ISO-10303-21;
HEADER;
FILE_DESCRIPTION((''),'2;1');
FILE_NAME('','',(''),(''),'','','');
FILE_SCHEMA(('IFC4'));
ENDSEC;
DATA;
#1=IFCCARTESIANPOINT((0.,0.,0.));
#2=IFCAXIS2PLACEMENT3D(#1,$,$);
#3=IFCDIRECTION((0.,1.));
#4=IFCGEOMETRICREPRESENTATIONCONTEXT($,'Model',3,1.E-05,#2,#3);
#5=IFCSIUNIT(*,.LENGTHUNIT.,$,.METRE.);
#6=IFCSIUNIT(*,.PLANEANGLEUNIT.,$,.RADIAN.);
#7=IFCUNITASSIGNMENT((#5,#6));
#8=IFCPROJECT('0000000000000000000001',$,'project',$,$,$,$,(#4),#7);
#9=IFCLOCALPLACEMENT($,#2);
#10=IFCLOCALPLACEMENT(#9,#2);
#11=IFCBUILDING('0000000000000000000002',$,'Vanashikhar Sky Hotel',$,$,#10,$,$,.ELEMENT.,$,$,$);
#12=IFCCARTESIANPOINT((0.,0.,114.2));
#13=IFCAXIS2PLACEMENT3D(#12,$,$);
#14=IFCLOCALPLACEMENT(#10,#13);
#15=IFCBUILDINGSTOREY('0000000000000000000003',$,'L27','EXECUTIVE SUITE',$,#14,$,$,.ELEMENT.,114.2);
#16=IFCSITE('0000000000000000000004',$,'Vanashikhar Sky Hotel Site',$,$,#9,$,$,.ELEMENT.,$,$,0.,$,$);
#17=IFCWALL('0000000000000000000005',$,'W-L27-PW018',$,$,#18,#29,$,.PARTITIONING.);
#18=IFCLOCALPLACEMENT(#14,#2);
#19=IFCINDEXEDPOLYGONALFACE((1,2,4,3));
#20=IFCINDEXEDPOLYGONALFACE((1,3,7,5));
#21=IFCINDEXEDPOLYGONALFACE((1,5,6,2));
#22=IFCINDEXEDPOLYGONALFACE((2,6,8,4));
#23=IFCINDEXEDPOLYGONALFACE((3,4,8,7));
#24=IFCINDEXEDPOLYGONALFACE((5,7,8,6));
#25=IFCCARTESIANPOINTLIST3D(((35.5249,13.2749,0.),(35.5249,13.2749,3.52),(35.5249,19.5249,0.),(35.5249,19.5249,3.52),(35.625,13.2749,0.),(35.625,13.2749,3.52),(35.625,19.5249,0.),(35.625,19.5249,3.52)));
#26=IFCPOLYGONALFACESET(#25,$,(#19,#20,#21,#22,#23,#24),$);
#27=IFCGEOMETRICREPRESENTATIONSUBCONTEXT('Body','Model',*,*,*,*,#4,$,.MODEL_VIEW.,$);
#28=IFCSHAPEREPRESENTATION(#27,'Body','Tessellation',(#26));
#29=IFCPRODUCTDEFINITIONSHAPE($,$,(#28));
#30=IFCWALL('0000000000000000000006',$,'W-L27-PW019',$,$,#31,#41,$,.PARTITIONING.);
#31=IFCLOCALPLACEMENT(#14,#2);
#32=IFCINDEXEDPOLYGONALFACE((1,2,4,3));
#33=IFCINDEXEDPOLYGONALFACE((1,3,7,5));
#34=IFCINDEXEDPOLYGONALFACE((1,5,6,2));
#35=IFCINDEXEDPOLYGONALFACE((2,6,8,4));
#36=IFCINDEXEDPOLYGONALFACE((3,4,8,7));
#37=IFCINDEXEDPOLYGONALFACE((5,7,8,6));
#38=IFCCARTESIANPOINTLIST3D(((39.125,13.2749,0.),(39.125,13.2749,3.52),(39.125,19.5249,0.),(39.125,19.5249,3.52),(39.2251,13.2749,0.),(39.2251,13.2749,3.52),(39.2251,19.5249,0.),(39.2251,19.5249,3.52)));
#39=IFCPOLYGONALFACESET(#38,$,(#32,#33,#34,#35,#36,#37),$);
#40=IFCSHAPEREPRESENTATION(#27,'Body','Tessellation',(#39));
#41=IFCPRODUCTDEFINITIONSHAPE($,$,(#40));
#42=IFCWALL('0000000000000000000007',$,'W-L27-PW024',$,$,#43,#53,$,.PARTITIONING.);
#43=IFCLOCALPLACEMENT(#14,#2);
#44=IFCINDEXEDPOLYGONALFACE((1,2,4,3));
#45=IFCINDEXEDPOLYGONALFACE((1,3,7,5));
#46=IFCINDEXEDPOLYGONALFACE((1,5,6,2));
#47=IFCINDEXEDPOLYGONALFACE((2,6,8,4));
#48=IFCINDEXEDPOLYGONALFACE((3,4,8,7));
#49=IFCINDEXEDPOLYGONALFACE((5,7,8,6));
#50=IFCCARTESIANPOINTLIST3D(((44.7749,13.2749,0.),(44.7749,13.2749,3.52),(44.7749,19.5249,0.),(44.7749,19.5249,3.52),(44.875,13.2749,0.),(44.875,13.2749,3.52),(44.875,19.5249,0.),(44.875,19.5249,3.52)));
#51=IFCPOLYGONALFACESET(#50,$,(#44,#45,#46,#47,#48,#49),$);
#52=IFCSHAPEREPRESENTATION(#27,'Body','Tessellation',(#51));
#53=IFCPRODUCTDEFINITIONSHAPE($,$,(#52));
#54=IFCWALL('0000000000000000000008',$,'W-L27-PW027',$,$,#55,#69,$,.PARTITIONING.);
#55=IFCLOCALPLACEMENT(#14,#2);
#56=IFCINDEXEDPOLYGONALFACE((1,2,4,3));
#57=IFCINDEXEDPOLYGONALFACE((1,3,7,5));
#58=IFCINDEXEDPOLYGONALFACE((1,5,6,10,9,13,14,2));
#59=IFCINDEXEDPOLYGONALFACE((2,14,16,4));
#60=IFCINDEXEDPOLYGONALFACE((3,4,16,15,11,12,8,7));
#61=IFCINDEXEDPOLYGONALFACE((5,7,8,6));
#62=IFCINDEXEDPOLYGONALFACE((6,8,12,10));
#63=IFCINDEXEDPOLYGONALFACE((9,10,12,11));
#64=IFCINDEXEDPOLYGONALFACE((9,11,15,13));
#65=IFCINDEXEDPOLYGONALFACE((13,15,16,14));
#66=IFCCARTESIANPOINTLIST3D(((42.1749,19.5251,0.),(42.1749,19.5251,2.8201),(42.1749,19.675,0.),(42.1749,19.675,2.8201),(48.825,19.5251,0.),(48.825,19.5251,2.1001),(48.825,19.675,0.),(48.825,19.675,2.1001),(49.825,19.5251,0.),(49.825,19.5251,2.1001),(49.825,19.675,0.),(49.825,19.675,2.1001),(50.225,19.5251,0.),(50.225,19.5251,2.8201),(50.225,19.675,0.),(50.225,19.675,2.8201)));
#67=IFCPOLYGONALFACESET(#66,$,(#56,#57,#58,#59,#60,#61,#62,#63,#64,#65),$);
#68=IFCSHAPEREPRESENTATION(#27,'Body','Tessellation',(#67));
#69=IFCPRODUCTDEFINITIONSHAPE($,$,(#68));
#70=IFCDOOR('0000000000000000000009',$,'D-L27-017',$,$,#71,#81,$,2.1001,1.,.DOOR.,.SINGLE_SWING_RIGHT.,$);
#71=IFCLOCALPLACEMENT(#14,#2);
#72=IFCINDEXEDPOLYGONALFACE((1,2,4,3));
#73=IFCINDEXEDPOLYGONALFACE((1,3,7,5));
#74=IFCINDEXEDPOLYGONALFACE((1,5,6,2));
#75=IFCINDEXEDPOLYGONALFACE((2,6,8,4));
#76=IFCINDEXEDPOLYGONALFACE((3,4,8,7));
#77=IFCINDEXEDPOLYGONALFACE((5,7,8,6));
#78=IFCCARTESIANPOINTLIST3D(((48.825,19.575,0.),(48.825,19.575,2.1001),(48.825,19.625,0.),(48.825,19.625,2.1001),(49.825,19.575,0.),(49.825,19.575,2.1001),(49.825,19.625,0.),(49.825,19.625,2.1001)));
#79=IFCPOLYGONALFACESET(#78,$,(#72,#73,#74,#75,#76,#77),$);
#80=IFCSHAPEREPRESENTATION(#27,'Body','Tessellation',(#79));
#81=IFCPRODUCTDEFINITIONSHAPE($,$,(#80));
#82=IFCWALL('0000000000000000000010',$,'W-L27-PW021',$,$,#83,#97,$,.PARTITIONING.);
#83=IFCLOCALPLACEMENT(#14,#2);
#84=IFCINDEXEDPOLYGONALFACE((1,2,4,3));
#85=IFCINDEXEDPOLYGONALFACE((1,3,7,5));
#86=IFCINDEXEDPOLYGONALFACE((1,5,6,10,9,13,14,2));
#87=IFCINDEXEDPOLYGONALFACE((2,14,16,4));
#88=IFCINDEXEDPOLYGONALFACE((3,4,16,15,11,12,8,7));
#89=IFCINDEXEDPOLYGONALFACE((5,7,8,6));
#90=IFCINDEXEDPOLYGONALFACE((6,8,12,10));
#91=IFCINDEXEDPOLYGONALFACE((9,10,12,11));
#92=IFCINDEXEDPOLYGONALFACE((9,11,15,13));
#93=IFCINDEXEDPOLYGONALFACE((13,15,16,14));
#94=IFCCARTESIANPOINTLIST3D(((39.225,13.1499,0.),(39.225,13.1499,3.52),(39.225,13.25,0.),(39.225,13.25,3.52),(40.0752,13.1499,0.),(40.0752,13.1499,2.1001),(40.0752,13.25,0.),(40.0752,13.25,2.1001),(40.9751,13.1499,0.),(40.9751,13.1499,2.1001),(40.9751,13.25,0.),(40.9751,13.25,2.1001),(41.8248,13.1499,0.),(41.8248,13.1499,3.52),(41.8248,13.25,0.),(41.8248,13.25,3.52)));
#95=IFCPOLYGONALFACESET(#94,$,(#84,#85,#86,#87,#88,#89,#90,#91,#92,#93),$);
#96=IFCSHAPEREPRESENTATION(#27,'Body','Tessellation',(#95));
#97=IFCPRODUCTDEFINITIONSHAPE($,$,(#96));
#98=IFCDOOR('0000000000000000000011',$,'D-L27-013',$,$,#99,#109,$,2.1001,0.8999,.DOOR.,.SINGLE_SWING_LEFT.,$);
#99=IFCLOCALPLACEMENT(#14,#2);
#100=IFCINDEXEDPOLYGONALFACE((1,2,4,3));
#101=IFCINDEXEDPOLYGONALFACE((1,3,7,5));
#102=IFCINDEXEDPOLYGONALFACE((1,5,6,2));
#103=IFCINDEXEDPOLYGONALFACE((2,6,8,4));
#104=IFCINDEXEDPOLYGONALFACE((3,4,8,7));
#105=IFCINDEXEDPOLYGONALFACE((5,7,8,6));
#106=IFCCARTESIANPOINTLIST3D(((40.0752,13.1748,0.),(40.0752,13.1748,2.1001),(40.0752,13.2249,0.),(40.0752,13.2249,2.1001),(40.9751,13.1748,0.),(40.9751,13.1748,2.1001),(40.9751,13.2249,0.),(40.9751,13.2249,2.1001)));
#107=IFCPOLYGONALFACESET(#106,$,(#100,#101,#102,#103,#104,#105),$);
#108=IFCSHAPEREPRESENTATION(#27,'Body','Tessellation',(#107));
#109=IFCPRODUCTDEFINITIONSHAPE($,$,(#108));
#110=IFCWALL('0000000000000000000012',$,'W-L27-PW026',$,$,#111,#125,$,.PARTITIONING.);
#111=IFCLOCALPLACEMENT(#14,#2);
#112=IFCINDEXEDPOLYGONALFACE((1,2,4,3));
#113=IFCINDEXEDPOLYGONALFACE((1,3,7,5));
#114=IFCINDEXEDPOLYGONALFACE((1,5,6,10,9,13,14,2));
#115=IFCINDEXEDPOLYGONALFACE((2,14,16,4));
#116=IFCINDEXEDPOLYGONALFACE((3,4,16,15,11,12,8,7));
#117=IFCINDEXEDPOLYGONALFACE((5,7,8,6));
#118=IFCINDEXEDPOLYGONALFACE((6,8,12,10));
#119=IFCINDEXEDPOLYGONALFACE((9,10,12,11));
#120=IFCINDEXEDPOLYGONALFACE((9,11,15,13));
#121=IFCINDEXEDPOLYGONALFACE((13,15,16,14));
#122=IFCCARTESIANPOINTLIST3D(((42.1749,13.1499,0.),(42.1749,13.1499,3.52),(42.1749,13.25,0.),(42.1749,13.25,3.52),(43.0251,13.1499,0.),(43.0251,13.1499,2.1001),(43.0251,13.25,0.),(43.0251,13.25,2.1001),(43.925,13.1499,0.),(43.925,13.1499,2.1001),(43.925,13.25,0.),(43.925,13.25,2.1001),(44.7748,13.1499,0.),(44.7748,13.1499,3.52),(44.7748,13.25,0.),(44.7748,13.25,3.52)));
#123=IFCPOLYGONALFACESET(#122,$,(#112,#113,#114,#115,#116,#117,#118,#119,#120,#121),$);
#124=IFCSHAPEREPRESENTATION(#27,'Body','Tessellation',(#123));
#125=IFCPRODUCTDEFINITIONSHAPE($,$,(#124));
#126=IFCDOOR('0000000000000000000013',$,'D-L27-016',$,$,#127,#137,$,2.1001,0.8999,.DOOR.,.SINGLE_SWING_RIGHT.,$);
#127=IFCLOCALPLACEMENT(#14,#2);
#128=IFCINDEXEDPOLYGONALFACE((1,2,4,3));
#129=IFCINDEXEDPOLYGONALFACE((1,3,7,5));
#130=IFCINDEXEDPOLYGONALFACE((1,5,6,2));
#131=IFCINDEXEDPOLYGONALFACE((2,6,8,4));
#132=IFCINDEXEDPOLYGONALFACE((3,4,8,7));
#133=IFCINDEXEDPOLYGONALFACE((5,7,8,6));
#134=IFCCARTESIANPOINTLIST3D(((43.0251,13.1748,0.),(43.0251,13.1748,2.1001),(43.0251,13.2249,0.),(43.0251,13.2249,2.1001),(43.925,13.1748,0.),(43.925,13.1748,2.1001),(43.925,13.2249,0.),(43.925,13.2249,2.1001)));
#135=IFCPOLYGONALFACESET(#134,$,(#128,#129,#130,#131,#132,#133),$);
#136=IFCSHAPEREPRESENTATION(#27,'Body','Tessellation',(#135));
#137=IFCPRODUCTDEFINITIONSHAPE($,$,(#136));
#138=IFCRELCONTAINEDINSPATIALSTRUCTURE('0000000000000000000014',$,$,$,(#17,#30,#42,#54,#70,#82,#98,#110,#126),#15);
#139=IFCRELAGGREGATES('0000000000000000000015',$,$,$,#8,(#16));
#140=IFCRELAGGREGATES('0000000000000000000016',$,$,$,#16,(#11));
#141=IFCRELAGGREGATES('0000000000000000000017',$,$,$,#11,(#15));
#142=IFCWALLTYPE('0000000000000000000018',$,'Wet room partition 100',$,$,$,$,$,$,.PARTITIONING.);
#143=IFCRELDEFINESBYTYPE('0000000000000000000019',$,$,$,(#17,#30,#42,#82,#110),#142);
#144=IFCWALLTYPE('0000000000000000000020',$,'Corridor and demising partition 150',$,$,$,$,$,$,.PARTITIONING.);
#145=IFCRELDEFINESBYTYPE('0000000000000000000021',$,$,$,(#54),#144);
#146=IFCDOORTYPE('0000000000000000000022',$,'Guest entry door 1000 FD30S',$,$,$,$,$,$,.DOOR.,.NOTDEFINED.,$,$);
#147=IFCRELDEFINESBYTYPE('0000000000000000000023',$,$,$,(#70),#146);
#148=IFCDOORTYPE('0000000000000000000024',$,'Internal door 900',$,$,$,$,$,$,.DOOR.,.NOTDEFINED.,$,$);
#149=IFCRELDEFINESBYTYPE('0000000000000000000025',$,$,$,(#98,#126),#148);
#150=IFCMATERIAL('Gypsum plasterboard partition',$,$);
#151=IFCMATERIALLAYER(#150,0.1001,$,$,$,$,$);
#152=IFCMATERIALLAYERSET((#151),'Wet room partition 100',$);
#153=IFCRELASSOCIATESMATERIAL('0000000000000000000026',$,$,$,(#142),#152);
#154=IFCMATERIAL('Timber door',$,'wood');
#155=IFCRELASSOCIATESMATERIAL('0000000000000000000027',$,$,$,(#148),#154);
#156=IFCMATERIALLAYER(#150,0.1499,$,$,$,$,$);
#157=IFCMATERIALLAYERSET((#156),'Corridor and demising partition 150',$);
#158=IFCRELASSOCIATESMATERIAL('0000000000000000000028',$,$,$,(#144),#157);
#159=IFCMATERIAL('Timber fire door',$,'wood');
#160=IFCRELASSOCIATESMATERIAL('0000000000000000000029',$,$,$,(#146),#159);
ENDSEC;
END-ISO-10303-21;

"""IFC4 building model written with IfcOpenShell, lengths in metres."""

from ifc_helpers import new_model, si_unit, direction, frame, frame_2d, origin, place, context, subcontext, project, spatial, rectangle, extrude, source, transform, mapped, material, layer, layer_set, type_object, element, fill, save


model = new_model("IFC4")

# Units and contexts
model_context = context("Model", 3, precision=1e-05, world=origin(), true_north=direction((0.0, 1.0)))
body_context = subcontext(model_context, "Body", "Model", "MODEL_VIEW")
ifc_project = project(units=[si_unit("LENGTHUNIT", "METRE"), si_unit("PLANEANGLEUNIT", "RADIAN")], contexts=[model_context])

# Site, building, storey
site_placement = place(None, origin())
site = spatial("IfcSite", under=ifc_project, at=site_placement, Name="Vanashikhar Sky Hotel Site", CompositionType="ELEMENT", RefElevation=0.0)
building_placement = place(site_placement, origin())
building = spatial("IfcBuilding", under=site, at=building_placement, Name="Vanashikhar Sky Hotel", CompositionType="ELEMENT")
storey_placement = place(building_placement, frame((0.0, 0.0, 114.2)))
storey = spatial("IfcBuildingStorey", under=building, at=storey_placement, Name="L27", Description="EXECUTIVE SUITE", CompositionType="ELEMENT", Elevation=114.2)

# Shared definitions
ifc_material_1 = material(Name="Gypsum plasterboard partition")
ifc_layer_1 = layer(ifc_material_1, 0.1001)
ifc_layer_set_1 = layer_set([ifc_layer_1], Name="Wet room partition 100")
wall_type_1 = type_object("IfcWallType", Name="Wet room partition 100", PredefinedType="PARTITIONING", material=ifc_layer_set_1)
shared_shape_1 = source(origin(), body_context, "Body", "SweptSolid", [
    extrude(rectangle(XDim=0.8999, YDim=2.1001, at=frame_2d((0.45, 1.05))), frame((0.0, 0.0601, 0.0), z_axis=(0.0, -1.0, 0.0), x_axis=(1.0, 0.0, 0.0)), (0.0, 0.0, 1.0), 0.1201),
])
ifc_material_2 = material(Name="Timber door", Category="wood")
door_type_1 = type_object("IfcDoorType", Name="Internal door 900", OperationType="NOTDEFINED", PredefinedType="DOOR", material=ifc_material_2)
shared_shape_2 = source(origin(), body_context, "Body", "SweptSolid", [
    extrude(rectangle(XDim=0.8999, YDim=2.1001, at=frame_2d((0.45, 1.05))), frame((0.0, 0.0249, 0.0), z_axis=(0.0, -1.0, 0.0), x_axis=(1.0, 0.0, 0.0)), (0.0, 0.0, 1.0), 0.05),
])

# Walls
shared_shape_3 = source(origin(), body_context, "Body", "SweptSolid", [
    extrude(rectangle(XDim=6.25, YDim=0.1001, at=frame_2d((3.125, 0.0))), origin(), (0.0, 0.0, 1.0), 3.52),
])
for number, where, z_axis, x_axis, name in (
    (1, (35.575, 13.2749, 0.0), (0.0, 0.0, 1.0), (0.0, 1.0, 0.0), "W-L27-PW018"),
    (2, (39.175, 13.2749, 0.0), (0.0, 0.0, 1.0), (0.0, 1.0, 0.0), "W-L27-PW019"),
    (3, (44.825, 13.2749, 0.0), (0.0, 0.0, 1.0), (0.0, 1.0, 0.0), "W-L27-PW024"),
):
    element("IfcWall", number, at=place(storey_placement, frame(where, z_axis=z_axis, x_axis=x_axis)), inside=storey, type_object=wall_type_1, Name=name, PredefinedType="PARTITIONING", context=body_context, shape_type="MappedRepresentation", body=[
        mapped(shared_shape_3, transform((0.0, 0.0, 0.0), scale=1.0)),
    ])

# Walls, openings, doors
ifc_layer_2 = layer(ifc_material_1, 0.1499)
ifc_layer_set_2 = layer_set([ifc_layer_2], Name="Corridor and demising partition 150")
wall_type_2 = type_object("IfcWallType", Name="Corridor and demising partition 150", PredefinedType="PARTITIONING", material=ifc_layer_set_2)
shared_shape_4 = source(origin(), body_context, "Body", "SweptSolid", [
    extrude(rectangle(XDim=8.05, YDim=0.1499, at=frame_2d((4.0249, 0.0))), origin(), (0.0, 0.0, 1.0), 2.8201),
])
wall_1_placement = place(storey_placement, frame((42.175, 19.6001, 0.0), z_axis=(0.0, 0.0, 1.0), x_axis=(1.0, 0.0, 0.0)))
wall_1 = element("IfcWall", 4, at=wall_1_placement, inside=storey, type_object=wall_type_2, Name="W-L27-PW027", PredefinedType="PARTITIONING", context=body_context, shape_type="MappedRepresentation", body=[
    mapped(shared_shape_4, transform((0.0, 0.0, 0.0), scale=1.0)),
])
shared_shape_5 = source(origin(), body_context, "Body", "SweptSolid", [
    extrude(rectangle(XDim=1.0, YDim=2.1001, at=frame_2d((0.5, 1.05))), frame((0.0, 0.085, 0.0), z_axis=(0.0, -1.0, 0.0), x_axis=(1.0, 0.0, 0.0)), (0.0, 0.0, 1.0), 0.1699),
])
opening_1_placement = place(wall_1_placement, frame((6.6499, 0.0, 0.0)))
opening_1 = element("IfcOpeningElement", 5, at=opening_1_placement, cuts=wall_1, PredefinedType="OPENING", context=body_context, shape_type="MappedRepresentation", body=[
    mapped(shared_shape_5, transform((0.0, 0.0, 0.0), scale=1.0)),
])
ifc_material_3 = material(Name="Timber fire door", Category="wood")
door_type_2 = type_object("IfcDoorType", Name="Guest entry door 1000 FD30S", OperationType="NOTDEFINED", PredefinedType="DOOR", material=ifc_material_3)
shared_shape_6 = source(origin(), body_context, "Body", "SweptSolid", [
    extrude(rectangle(XDim=1.0, YDim=2.1001, at=frame_2d((0.5, 1.05))), frame((0.0, 0.0249, 0.0), z_axis=(0.0, -1.0, 0.0), x_axis=(1.0, 0.0, 0.0)), (0.0, 0.0, 1.0), 0.05),
])
door_1_placement = place(opening_1_placement, origin())
door_1 = element("IfcDoor", 6, at=door_1_placement, inside=storey, type_object=door_type_2, Name="D-L27-017", OperationType="SINGLE_SWING_RIGHT", OverallHeight=2.1001, OverallWidth=1.0, PredefinedType="DOOR", context=body_context, shape_type="MappedRepresentation", body=[
    mapped(shared_shape_6, transform((0.0, 0.0, 0.0), scale=1.0)),
])
fill(opening_1, door_1)
shared_shape_7 = source(origin(), body_context, "Body", "SweptSolid", [
    extrude(rectangle(XDim=2.5999, YDim=0.1001, at=frame_2d((1.2998, 0.0))), origin(), (0.0, 0.0, 1.0), 3.52),
])
wall_2_placement = place(storey_placement, frame((39.2251, 13.2, 0.0), z_axis=(0.0, 0.0, 1.0), x_axis=(1.0, 0.0, 0.0)))
wall_2 = element("IfcWall", 7, at=wall_2_placement, inside=storey, type_object=wall_type_1, Name="W-L27-PW021", PredefinedType="PARTITIONING", context=body_context, shape_type="MappedRepresentation", body=[
    mapped(shared_shape_7, transform((0.0, 0.0, 0.0), scale=1.0)),
])
opening_2_placement = place(wall_2_placement, frame((0.8501, 0.0, 0.0)))
opening_2 = element("IfcOpeningElement", 8, at=opening_2_placement, cuts=wall_2, PredefinedType="OPENING", context=body_context, shape_type="MappedRepresentation", body=[
    mapped(shared_shape_1, transform((0.0, 0.0, 0.0), scale=1.0)),
])
door_2_placement = place(opening_2_placement, origin())
door_2 = element("IfcDoor", 9, at=door_2_placement, inside=storey, type_object=door_type_1, Name="D-L27-013", OperationType="SINGLE_SWING_LEFT", OverallHeight=2.1001, OverallWidth=0.8999, PredefinedType="DOOR", context=body_context, shape_type="MappedRepresentation", body=[
    mapped(shared_shape_2, transform((0.0, 0.0, 0.0), scale=1.0)),
])
fill(opening_2, door_2)
wall_3_placement = place(storey_placement, frame((42.175, 13.2, 0.0), z_axis=(0.0, 0.0, 1.0), x_axis=(1.0, 0.0, 0.0)))
wall_3 = element("IfcWall", 10, at=wall_3_placement, inside=storey, type_object=wall_type_1, Name="W-L27-PW026", PredefinedType="PARTITIONING", context=body_context, shape_type="MappedRepresentation", body=[
    mapped(shared_shape_7, transform((0.0, 0.0, 0.0), scale=1.0)),
])
opening_3_placement = place(wall_3_placement, frame((0.8501, 0.0, 0.0)))
opening_3 = element("IfcOpeningElement", 11, at=opening_3_placement, cuts=wall_3, PredefinedType="OPENING", context=body_context, shape_type="MappedRepresentation", body=[
    mapped(shared_shape_1, transform((0.0, 0.0, 0.0), scale=1.0)),
])
door_3_placement = place(opening_3_placement, origin())
door_3 = element("IfcDoor", 12, at=door_3_placement, inside=storey, type_object=door_type_1, Name="D-L27-016", OperationType="SINGLE_SWING_RIGHT", OverallHeight=2.1001, OverallWidth=0.8999, PredefinedType="DOOR", context=body_context, shape_type="MappedRepresentation", body=[
    mapped(shared_shape_2, transform((0.0, 0.0, 0.0), scale=1.0)),
])
fill(opening_3, door_3)

save(model, "model.ifc")
